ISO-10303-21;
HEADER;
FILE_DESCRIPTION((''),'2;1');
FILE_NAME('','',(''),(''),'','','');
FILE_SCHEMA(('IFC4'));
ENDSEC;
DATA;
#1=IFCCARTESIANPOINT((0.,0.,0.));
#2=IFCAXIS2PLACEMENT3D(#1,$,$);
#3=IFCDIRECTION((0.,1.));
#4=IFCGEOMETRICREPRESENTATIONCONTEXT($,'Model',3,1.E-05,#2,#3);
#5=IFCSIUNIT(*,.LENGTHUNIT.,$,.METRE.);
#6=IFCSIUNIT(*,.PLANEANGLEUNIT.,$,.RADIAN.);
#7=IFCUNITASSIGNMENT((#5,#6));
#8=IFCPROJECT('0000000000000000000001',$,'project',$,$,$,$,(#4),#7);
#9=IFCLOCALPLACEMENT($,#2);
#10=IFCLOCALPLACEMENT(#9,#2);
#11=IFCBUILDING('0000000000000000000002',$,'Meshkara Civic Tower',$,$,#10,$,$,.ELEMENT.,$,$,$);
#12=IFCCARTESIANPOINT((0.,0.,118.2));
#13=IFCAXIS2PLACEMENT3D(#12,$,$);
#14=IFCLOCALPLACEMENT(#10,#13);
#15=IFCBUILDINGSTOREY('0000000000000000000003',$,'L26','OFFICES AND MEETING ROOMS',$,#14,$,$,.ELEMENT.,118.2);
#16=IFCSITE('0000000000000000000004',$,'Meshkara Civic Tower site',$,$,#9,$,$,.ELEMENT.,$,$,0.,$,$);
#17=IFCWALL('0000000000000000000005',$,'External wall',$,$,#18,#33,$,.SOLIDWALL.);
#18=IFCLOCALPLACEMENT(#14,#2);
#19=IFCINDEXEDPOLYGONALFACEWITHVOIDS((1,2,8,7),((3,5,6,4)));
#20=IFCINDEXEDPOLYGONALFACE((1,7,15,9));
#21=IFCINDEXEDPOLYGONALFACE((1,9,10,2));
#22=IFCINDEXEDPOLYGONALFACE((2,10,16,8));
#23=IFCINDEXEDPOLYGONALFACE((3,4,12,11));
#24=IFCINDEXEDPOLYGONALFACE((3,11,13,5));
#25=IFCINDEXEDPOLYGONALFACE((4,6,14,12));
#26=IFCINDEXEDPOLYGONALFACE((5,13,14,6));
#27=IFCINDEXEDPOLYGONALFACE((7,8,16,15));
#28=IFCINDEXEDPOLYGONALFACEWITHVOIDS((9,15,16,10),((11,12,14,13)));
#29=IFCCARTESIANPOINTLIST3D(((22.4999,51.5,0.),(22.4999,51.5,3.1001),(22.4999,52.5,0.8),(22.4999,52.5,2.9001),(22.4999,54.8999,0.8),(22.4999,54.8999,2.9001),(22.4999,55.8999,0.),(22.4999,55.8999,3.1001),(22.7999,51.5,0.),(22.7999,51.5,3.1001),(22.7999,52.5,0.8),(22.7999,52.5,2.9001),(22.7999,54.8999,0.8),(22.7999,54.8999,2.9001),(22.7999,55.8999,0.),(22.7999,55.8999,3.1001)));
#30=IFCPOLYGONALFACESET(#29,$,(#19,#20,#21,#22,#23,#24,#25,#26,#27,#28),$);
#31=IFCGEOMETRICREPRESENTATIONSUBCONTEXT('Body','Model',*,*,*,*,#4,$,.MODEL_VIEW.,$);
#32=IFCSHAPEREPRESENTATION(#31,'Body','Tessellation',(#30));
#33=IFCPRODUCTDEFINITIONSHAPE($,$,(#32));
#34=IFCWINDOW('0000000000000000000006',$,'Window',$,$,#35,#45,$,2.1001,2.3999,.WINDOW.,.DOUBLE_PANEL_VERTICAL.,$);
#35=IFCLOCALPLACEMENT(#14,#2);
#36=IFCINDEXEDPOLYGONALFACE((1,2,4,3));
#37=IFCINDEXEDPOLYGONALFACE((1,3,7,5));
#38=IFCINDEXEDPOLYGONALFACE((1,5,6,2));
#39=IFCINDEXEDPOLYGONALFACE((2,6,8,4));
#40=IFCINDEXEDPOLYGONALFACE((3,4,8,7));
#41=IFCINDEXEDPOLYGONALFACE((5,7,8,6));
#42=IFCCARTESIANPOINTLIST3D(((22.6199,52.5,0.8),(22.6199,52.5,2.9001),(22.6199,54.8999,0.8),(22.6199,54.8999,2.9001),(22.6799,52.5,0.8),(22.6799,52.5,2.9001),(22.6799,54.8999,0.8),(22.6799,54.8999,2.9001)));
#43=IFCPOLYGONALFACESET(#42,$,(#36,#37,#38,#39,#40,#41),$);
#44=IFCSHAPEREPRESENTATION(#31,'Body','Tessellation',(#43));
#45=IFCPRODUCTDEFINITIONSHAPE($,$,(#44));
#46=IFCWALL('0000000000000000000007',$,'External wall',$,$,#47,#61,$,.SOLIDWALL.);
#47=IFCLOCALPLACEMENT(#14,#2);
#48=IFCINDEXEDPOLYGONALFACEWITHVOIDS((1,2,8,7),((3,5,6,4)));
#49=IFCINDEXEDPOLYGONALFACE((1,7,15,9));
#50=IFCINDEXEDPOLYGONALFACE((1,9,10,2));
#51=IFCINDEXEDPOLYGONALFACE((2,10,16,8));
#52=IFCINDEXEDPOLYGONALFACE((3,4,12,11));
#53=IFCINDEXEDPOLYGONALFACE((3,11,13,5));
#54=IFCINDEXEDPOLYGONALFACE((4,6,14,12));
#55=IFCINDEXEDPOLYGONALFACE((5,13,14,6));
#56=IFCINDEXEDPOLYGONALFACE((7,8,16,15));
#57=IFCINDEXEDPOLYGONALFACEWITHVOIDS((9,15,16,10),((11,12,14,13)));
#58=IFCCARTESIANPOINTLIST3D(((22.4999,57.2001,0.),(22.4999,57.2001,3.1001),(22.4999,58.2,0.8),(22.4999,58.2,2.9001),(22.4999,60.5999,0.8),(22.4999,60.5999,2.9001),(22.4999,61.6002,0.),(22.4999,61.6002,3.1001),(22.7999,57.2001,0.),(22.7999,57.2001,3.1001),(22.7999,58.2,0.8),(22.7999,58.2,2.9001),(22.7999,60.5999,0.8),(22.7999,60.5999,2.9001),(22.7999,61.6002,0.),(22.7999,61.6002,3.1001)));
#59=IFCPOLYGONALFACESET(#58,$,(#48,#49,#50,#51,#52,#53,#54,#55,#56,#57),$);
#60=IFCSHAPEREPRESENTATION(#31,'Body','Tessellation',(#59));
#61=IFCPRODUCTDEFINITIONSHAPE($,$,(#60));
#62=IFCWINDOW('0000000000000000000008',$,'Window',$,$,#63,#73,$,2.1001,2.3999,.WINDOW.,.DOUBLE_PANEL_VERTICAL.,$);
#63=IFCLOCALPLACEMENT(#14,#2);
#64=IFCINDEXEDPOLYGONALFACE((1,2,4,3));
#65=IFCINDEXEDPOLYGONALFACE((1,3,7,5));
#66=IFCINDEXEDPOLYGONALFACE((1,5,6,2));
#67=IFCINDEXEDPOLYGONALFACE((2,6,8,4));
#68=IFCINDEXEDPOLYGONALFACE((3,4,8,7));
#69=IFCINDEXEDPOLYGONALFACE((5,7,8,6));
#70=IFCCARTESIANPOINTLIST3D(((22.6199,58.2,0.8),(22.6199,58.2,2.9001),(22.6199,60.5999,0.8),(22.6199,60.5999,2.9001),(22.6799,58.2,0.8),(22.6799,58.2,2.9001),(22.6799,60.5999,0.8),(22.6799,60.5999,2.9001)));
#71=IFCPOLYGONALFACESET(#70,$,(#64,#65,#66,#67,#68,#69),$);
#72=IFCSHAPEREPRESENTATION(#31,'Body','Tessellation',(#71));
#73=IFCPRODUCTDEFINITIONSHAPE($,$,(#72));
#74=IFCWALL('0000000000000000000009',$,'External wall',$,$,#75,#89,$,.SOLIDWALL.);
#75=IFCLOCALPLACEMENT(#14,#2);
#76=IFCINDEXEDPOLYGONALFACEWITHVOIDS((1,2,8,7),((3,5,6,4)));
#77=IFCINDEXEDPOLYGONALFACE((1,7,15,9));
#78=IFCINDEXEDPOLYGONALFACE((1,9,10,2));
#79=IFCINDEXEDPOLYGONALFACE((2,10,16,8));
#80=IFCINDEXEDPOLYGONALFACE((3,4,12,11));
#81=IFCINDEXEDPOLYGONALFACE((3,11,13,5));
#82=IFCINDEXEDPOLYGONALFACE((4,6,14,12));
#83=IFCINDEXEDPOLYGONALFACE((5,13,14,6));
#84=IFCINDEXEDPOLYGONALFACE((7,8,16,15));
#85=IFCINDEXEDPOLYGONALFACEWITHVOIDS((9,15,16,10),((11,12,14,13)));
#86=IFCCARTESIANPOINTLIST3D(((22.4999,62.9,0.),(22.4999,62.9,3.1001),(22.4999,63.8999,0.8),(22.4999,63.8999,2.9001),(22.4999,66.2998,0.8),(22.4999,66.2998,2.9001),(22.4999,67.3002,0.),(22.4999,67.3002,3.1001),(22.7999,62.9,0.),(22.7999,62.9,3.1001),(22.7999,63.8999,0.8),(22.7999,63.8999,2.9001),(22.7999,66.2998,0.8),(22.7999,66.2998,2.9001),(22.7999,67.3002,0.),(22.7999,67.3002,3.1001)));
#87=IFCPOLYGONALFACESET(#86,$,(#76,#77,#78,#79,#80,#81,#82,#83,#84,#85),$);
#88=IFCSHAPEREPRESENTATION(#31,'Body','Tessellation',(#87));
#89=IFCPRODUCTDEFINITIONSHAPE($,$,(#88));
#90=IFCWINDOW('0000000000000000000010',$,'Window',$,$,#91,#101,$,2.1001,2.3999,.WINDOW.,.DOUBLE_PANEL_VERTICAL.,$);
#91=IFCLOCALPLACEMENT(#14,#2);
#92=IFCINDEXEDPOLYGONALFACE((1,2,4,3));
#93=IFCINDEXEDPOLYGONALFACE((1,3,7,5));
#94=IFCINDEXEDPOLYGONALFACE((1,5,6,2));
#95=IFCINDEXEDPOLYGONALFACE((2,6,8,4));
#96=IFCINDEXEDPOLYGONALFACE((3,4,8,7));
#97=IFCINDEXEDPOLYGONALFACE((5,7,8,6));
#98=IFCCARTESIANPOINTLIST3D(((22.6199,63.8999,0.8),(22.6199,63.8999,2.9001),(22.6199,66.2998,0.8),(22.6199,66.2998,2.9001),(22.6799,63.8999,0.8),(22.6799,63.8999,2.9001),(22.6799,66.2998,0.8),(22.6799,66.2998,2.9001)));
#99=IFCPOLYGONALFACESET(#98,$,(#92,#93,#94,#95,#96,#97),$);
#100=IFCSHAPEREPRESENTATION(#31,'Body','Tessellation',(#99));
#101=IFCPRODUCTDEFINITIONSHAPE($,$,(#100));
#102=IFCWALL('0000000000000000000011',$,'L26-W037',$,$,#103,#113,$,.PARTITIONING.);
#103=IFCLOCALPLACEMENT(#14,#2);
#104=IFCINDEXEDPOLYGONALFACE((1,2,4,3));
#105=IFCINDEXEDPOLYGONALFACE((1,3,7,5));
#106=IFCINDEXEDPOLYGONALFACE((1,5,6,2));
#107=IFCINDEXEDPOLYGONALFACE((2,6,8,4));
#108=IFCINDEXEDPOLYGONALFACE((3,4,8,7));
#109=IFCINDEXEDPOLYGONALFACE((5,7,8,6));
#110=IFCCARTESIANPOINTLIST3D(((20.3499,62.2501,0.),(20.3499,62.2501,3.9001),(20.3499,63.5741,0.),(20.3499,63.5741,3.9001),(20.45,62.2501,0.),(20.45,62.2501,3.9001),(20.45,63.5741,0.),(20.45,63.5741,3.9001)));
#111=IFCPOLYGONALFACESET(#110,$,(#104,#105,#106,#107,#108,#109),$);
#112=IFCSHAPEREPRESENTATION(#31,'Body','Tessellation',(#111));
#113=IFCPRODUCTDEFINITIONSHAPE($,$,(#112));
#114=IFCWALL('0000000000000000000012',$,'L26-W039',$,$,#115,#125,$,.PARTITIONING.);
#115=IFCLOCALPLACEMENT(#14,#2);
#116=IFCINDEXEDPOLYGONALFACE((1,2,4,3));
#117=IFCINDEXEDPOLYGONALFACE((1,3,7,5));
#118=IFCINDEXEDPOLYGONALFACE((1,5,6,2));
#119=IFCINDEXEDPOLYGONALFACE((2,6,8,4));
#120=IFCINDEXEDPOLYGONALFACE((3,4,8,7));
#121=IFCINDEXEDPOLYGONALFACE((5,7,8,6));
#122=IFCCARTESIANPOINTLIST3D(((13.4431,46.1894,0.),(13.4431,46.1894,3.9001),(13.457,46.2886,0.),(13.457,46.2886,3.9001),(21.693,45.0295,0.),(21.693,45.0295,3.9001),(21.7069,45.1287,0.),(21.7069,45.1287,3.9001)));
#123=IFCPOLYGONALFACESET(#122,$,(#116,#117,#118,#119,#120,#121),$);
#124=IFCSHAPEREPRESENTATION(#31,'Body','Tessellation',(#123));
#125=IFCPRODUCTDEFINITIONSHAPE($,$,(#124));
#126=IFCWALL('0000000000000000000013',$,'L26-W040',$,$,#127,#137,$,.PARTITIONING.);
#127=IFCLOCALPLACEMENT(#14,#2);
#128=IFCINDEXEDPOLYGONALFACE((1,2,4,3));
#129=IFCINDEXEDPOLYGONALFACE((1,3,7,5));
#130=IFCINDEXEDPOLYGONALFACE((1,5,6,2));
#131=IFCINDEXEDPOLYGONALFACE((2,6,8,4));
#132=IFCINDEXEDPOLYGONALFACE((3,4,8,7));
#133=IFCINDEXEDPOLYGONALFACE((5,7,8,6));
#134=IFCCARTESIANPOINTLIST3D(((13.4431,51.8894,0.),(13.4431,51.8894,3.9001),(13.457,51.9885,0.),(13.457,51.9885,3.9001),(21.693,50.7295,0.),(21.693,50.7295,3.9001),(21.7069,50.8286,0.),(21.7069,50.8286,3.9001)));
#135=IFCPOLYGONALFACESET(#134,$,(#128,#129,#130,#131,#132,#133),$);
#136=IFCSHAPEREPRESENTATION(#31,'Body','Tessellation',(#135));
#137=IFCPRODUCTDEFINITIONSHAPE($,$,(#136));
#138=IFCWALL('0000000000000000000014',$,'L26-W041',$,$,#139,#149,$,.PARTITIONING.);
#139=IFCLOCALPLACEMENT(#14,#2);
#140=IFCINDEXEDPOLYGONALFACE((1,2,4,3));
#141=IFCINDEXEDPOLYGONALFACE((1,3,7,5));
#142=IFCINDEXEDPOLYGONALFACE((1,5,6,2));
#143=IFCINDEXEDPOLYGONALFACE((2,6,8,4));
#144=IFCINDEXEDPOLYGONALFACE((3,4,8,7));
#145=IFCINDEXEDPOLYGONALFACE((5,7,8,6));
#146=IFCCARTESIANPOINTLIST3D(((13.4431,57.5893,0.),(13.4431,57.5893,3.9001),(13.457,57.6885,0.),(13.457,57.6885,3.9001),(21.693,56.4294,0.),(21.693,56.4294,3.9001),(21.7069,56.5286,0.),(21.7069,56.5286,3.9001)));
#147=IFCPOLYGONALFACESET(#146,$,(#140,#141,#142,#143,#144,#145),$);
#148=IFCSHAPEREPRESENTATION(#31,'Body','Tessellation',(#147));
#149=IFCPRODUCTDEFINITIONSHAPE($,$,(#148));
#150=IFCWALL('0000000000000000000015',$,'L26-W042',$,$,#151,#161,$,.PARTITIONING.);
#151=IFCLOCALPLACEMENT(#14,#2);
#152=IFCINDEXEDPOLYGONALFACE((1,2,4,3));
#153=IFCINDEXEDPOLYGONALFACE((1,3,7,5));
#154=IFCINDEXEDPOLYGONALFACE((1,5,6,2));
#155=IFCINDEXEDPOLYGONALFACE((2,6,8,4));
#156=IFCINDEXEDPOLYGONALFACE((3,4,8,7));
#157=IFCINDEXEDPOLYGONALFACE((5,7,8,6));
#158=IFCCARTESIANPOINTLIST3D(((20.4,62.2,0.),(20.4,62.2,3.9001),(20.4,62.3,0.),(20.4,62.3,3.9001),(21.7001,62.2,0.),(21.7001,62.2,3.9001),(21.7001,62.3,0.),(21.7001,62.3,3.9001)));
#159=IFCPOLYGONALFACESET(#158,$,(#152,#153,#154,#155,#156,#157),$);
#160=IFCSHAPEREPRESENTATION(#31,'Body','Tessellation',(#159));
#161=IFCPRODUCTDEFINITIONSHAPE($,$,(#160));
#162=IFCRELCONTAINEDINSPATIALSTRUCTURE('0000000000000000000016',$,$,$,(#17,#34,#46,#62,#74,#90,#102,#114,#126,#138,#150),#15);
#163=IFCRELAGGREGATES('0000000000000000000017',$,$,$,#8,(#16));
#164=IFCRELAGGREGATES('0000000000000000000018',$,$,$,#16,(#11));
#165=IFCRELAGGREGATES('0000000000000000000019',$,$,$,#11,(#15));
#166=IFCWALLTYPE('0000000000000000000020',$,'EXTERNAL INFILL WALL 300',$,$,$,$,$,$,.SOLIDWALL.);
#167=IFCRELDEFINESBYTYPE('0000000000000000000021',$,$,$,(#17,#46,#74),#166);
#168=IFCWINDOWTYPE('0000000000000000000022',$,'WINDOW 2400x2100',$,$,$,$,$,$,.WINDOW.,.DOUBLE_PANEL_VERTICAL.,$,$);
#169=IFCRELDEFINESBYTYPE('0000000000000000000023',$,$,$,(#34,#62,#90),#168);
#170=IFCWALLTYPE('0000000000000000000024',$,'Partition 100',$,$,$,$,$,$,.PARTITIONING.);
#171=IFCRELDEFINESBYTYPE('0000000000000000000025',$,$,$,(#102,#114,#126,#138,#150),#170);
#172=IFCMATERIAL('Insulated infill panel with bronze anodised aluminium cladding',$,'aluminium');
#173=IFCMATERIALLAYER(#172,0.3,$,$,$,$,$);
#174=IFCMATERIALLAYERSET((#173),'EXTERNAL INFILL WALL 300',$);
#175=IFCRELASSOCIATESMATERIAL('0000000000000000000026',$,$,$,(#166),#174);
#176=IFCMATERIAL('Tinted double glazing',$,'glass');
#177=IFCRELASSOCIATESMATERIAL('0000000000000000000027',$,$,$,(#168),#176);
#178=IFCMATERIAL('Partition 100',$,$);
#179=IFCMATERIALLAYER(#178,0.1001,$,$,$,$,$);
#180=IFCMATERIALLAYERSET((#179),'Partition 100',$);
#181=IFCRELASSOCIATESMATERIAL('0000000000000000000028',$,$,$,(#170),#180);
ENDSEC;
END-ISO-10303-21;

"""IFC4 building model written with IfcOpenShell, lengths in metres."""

from ifc_helpers import new_model, si_unit, direction, frame, frame_2d, origin, place, context, subcontext, project, spatial, rectangle, extrude, material, layer, layer_set, type_object, element, fill, save


model = new_model("IFC4")

# Units and contexts
model_context = context("Model", 3, precision=1e-05, world=origin(), true_north=direction((0.0, 1.0)))
body_context = subcontext(model_context, "Body", "Model", "MODEL_VIEW")
ifc_project = project(units=[si_unit("LENGTHUNIT", "METRE"), si_unit("PLANEANGLEUNIT", "RADIAN")], contexts=[model_context])

# Site, building, storey
site_placement = place(None, origin())
site = spatial("IfcSite", under=ifc_project, at=site_placement, Name="Meshkara Civic Tower site", CompositionType="ELEMENT", RefElevation=0.0)
building_placement = place(site_placement, origin())
building = spatial("IfcBuilding", under=site, at=building_placement, Name="Meshkara Civic Tower", CompositionType="ELEMENT")
storey_placement = place(building_placement, frame((0.0, 0.0, 118.2)))
storey = spatial("IfcBuildingStorey", under=building, at=storey_placement, Name="L26", Description="OFFICES AND MEETING ROOMS", CompositionType="ELEMENT", Elevation=118.2)

# Walls, openings, windows
ifc_material_1 = material(Name="Insulated infill panel with bronze anodised aluminium cladding", Category="aluminium")
ifc_layer_1 = layer(ifc_material_1, 0.3)
ifc_layer_set_1 = layer_set([ifc_layer_1], Name="EXTERNAL INFILL WALL 300")
wall_type_1 = type_object("IfcWallType", Name="EXTERNAL INFILL WALL 300", PredefinedType="SOLIDWALL", material=ifc_layer_set_1)
ifc_material_2 = material(Name="Tinted double glazing", Category="glass")
window_type = type_object("IfcWindowType", Name="WINDOW 2400x2100", PartitioningType="DOUBLE_PANEL_VERTICAL", PredefinedType="WINDOW", material=ifc_material_2)
wall_1_placement = place(storey_placement, frame((22.6499, 51.5, 0.0), z_axis=(0.0, 0.0, 1.0), x_axis=(0.0, 1.0, 0.0)))
wall_1 = element("IfcWall", 1, at=wall_1_placement, inside=storey, type_object=wall_type_1, Name="External wall", PredefinedType="SOLIDWALL", context=body_context, shape_type="SweptSolid", body=[
    extrude(rectangle(XDim=4.3999, YDim=0.3, at=frame_2d((2.2, 0.0))), origin(), (0.0, 0.0, 1.0), 3.1001),
])
opening_1_placement = place(wall_1_placement, frame((1.0, 0.0, 0.8)))
opening_1 = element("IfcOpeningElement", 2, at=opening_1_placement, cuts=wall_1, PredefinedType="OPENING", context=body_context, shape_type="SweptSolid", body=[
    extrude(rectangle(XDim=2.3999, YDim=2.1001, at=frame_2d((1.2, 1.05))), frame((0.0, 0.1599, 0.0), z_axis=(0.0, -1.0, 0.0), x_axis=(1.0, 0.0, 0.0)), (0.0, 0.0, 1.0), 0.3201),
])
window_1_placement = place(opening_1_placement, origin())
window_1 = element("IfcWindow", 3, at=window_1_placement, inside=storey, type_object=window_type, Name="Window", OverallHeight=2.1001, OverallWidth=2.3999, PartitioningType="DOUBLE_PANEL_VERTICAL", PredefinedType="WINDOW", context=body_context, shape_type="SweptSolid", body=[
    extrude(rectangle(XDim=2.3999, YDim=2.1001, at=frame_2d((1.2, 1.05))), frame((0.0, 0.03, 0.0), z_axis=(0.0, -1.0, 0.0), x_axis=(1.0, 0.0, 0.0)), (0.0, 0.0, 1.0), 0.0601),
])
fill(opening_1, window_1)
wall_2_placement = place(storey_placement, frame((22.6499, 57.2, 0.0), z_axis=(0.0, 0.0, 1.0), x_axis=(0.0, 1.0, 0.0)))
wall_2 = element("IfcWall", 4, at=wall_2_placement, inside=storey, type_object=wall_type_1, Name="External wall", PredefinedType="SOLIDWALL", context=body_context, shape_type="SweptSolid", body=[
    extrude(rectangle(XDim=4.4001, YDim=0.3, at=frame_2d((2.2002, 0.0))), origin(), (0.0, 0.0, 1.0), 3.1001),
])
opening_2_placement = place(wall_2_placement, frame((1.0, 0.0, 0.8)))
opening_2 = element("IfcOpeningElement", 5, at=opening_2_placement, cuts=wall_2, PredefinedType="OPENING", context=body_context, shape_type="SweptSolid", body=[
    extrude(rectangle(XDim=2.3999, YDim=2.1001, at=frame_2d((1.2, 1.05))), frame((0.0, 0.1599, 0.0), z_axis=(0.0, -1.0, 0.0), x_axis=(1.0, 0.0, 0.0)), (0.0, 0.0, 1.0), 0.3201),
])
window_2_placement = place(opening_2_placement, origin())
window_2 = element("IfcWindow", 6, at=window_2_placement, inside=storey, type_object=window_type, Name="Window", OverallHeight=2.1001, OverallWidth=2.3999, PartitioningType="DOUBLE_PANEL_VERTICAL", PredefinedType="WINDOW", context=body_context, shape_type="SweptSolid", body=[
    extrude(rectangle(XDim=2.3999, YDim=2.1001, at=frame_2d((1.2, 1.05))), frame((0.0, 0.03, 0.0), z_axis=(0.0, -1.0, 0.0), x_axis=(1.0, 0.0, 0.0)), (0.0, 0.0, 1.0), 0.0601),
])
fill(opening_2, window_2)
wall_3_placement = place(storey_placement, frame((22.6499, 62.8999, 0.0), z_axis=(0.0, 0.0, 1.0), x_axis=(0.0, 1.0, 0.0)))
wall_3 = element("IfcWall", 7, at=wall_3_placement, inside=storey, type_object=wall_type_1, Name="External wall", PredefinedType="SOLIDWALL", context=body_context, shape_type="SweptSolid", body=[
    extrude(rectangle(XDim=4.4001, YDim=0.3, at=frame_2d((2.2002, 0.0))), origin(), (0.0, 0.0, 1.0), 3.1001),
])
opening_3_placement = place(wall_3_placement, frame((1.0, 0.0, 0.8)))
opening_3 = element("IfcOpeningElement", 8, at=opening_3_placement, cuts=wall_3, PredefinedType="OPENING", context=body_context, shape_type="SweptSolid", body=[
    extrude(rectangle(XDim=2.3999, YDim=2.1001, at=frame_2d((1.2, 1.05))), frame((0.0, 0.1599, 0.0), z_axis=(0.0, -1.0, 0.0), x_axis=(1.0, 0.0, 0.0)), (0.0, 0.0, 1.0), 0.3201),
])
window_3_placement = place(opening_3_placement, origin())
window_3 = element("IfcWindow", 9, at=window_3_placement, inside=storey, type_object=window_type, Name="Window", OverallHeight=2.1001, OverallWidth=2.3999, PartitioningType="DOUBLE_PANEL_VERTICAL", PredefinedType="WINDOW", context=body_context, shape_type="SweptSolid", body=[
    extrude(rectangle(XDim=2.3999, YDim=2.1001, at=frame_2d((1.2, 1.05))), frame((0.0, 0.03, 0.0), z_axis=(0.0, -1.0, 0.0), x_axis=(1.0, 0.0, 0.0)), (0.0, 0.0, 1.0), 0.0601),
])
fill(opening_3, window_3)

# Walls
ifc_material_3 = material(Name="Partition 100")
ifc_layer_2 = layer(ifc_material_3, 0.1001)
ifc_layer_set_2 = layer_set([ifc_layer_2], Name="Partition 100")
wall_type_2 = type_object("IfcWallType", Name="Partition 100", PredefinedType="PARTITIONING", material=ifc_layer_set_2)
wall_4_placement = place(storey_placement, frame((20.3999, 62.25, 0.0), z_axis=(0.0, 0.0, 1.0), x_axis=(0.0, 1.0, 0.0)))
element("IfcWall", 10, at=wall_4_placement, inside=storey, type_object=wall_type_2, Name="L26-W037", PredefinedType="PARTITIONING", context=body_context, shape_type="SweptSolid", body=[
    extrude(rectangle(XDim=1.324, YDim=0.1001, at=frame_2d((0.6621, 0.0))), origin(), (0.0, 0.0, 1.0), 3.9001),
])
for number, where, z_axis, x_axis, name in (
    (11, (21.7, 45.0791, 0.0), (0.0, 0.0, 1.0), (-0.990261, 0.139226, 0.0), "L26-W039"),
    (12, (21.7, 50.7791, 0.0), (0.0, 0.0, 1.0), (-0.990261, 0.139226, 0.0), "L26-W040"),
    (13, (21.7, 56.479, 0.0), (0.0, 0.0, 1.0), (-0.990261, 0.139226, 0.0), "L26-W041"),
):
    element("IfcWall", number, at=place(storey_placement, frame(where, z_axis=z_axis, x_axis=x_axis)), inside=storey, type_object=wall_type_2, Name=name, PredefinedType="PARTITIONING", context=body_context, shape_type="SweptSolid", body=[
        extrude(rectangle(XDim=8.3311, YDim=0.1001, at=frame_2d((4.1655, 0.0))), origin(), (0.0, 0.0, 1.0), 3.9001),
    ])
wall_5_placement = place(storey_placement, frame((21.7, 62.25, 0.0), z_axis=(0.0, 0.0, 1.0), x_axis=(-1.0, 0.0, 0.0)))
element("IfcWall", 14, at=wall_5_placement, inside=storey, type_object=wall_type_2, Name="L26-W042", PredefinedType="PARTITIONING", context=body_context, shape_type="SweptSolid", body=[
    extrude(rectangle(XDim=1.3, YDim=0.1001, at=frame_2d((0.6499, 0.0))), origin(), (0.0, 0.0, 1.0), 3.9001),
])

save(model, "model.ifc")
